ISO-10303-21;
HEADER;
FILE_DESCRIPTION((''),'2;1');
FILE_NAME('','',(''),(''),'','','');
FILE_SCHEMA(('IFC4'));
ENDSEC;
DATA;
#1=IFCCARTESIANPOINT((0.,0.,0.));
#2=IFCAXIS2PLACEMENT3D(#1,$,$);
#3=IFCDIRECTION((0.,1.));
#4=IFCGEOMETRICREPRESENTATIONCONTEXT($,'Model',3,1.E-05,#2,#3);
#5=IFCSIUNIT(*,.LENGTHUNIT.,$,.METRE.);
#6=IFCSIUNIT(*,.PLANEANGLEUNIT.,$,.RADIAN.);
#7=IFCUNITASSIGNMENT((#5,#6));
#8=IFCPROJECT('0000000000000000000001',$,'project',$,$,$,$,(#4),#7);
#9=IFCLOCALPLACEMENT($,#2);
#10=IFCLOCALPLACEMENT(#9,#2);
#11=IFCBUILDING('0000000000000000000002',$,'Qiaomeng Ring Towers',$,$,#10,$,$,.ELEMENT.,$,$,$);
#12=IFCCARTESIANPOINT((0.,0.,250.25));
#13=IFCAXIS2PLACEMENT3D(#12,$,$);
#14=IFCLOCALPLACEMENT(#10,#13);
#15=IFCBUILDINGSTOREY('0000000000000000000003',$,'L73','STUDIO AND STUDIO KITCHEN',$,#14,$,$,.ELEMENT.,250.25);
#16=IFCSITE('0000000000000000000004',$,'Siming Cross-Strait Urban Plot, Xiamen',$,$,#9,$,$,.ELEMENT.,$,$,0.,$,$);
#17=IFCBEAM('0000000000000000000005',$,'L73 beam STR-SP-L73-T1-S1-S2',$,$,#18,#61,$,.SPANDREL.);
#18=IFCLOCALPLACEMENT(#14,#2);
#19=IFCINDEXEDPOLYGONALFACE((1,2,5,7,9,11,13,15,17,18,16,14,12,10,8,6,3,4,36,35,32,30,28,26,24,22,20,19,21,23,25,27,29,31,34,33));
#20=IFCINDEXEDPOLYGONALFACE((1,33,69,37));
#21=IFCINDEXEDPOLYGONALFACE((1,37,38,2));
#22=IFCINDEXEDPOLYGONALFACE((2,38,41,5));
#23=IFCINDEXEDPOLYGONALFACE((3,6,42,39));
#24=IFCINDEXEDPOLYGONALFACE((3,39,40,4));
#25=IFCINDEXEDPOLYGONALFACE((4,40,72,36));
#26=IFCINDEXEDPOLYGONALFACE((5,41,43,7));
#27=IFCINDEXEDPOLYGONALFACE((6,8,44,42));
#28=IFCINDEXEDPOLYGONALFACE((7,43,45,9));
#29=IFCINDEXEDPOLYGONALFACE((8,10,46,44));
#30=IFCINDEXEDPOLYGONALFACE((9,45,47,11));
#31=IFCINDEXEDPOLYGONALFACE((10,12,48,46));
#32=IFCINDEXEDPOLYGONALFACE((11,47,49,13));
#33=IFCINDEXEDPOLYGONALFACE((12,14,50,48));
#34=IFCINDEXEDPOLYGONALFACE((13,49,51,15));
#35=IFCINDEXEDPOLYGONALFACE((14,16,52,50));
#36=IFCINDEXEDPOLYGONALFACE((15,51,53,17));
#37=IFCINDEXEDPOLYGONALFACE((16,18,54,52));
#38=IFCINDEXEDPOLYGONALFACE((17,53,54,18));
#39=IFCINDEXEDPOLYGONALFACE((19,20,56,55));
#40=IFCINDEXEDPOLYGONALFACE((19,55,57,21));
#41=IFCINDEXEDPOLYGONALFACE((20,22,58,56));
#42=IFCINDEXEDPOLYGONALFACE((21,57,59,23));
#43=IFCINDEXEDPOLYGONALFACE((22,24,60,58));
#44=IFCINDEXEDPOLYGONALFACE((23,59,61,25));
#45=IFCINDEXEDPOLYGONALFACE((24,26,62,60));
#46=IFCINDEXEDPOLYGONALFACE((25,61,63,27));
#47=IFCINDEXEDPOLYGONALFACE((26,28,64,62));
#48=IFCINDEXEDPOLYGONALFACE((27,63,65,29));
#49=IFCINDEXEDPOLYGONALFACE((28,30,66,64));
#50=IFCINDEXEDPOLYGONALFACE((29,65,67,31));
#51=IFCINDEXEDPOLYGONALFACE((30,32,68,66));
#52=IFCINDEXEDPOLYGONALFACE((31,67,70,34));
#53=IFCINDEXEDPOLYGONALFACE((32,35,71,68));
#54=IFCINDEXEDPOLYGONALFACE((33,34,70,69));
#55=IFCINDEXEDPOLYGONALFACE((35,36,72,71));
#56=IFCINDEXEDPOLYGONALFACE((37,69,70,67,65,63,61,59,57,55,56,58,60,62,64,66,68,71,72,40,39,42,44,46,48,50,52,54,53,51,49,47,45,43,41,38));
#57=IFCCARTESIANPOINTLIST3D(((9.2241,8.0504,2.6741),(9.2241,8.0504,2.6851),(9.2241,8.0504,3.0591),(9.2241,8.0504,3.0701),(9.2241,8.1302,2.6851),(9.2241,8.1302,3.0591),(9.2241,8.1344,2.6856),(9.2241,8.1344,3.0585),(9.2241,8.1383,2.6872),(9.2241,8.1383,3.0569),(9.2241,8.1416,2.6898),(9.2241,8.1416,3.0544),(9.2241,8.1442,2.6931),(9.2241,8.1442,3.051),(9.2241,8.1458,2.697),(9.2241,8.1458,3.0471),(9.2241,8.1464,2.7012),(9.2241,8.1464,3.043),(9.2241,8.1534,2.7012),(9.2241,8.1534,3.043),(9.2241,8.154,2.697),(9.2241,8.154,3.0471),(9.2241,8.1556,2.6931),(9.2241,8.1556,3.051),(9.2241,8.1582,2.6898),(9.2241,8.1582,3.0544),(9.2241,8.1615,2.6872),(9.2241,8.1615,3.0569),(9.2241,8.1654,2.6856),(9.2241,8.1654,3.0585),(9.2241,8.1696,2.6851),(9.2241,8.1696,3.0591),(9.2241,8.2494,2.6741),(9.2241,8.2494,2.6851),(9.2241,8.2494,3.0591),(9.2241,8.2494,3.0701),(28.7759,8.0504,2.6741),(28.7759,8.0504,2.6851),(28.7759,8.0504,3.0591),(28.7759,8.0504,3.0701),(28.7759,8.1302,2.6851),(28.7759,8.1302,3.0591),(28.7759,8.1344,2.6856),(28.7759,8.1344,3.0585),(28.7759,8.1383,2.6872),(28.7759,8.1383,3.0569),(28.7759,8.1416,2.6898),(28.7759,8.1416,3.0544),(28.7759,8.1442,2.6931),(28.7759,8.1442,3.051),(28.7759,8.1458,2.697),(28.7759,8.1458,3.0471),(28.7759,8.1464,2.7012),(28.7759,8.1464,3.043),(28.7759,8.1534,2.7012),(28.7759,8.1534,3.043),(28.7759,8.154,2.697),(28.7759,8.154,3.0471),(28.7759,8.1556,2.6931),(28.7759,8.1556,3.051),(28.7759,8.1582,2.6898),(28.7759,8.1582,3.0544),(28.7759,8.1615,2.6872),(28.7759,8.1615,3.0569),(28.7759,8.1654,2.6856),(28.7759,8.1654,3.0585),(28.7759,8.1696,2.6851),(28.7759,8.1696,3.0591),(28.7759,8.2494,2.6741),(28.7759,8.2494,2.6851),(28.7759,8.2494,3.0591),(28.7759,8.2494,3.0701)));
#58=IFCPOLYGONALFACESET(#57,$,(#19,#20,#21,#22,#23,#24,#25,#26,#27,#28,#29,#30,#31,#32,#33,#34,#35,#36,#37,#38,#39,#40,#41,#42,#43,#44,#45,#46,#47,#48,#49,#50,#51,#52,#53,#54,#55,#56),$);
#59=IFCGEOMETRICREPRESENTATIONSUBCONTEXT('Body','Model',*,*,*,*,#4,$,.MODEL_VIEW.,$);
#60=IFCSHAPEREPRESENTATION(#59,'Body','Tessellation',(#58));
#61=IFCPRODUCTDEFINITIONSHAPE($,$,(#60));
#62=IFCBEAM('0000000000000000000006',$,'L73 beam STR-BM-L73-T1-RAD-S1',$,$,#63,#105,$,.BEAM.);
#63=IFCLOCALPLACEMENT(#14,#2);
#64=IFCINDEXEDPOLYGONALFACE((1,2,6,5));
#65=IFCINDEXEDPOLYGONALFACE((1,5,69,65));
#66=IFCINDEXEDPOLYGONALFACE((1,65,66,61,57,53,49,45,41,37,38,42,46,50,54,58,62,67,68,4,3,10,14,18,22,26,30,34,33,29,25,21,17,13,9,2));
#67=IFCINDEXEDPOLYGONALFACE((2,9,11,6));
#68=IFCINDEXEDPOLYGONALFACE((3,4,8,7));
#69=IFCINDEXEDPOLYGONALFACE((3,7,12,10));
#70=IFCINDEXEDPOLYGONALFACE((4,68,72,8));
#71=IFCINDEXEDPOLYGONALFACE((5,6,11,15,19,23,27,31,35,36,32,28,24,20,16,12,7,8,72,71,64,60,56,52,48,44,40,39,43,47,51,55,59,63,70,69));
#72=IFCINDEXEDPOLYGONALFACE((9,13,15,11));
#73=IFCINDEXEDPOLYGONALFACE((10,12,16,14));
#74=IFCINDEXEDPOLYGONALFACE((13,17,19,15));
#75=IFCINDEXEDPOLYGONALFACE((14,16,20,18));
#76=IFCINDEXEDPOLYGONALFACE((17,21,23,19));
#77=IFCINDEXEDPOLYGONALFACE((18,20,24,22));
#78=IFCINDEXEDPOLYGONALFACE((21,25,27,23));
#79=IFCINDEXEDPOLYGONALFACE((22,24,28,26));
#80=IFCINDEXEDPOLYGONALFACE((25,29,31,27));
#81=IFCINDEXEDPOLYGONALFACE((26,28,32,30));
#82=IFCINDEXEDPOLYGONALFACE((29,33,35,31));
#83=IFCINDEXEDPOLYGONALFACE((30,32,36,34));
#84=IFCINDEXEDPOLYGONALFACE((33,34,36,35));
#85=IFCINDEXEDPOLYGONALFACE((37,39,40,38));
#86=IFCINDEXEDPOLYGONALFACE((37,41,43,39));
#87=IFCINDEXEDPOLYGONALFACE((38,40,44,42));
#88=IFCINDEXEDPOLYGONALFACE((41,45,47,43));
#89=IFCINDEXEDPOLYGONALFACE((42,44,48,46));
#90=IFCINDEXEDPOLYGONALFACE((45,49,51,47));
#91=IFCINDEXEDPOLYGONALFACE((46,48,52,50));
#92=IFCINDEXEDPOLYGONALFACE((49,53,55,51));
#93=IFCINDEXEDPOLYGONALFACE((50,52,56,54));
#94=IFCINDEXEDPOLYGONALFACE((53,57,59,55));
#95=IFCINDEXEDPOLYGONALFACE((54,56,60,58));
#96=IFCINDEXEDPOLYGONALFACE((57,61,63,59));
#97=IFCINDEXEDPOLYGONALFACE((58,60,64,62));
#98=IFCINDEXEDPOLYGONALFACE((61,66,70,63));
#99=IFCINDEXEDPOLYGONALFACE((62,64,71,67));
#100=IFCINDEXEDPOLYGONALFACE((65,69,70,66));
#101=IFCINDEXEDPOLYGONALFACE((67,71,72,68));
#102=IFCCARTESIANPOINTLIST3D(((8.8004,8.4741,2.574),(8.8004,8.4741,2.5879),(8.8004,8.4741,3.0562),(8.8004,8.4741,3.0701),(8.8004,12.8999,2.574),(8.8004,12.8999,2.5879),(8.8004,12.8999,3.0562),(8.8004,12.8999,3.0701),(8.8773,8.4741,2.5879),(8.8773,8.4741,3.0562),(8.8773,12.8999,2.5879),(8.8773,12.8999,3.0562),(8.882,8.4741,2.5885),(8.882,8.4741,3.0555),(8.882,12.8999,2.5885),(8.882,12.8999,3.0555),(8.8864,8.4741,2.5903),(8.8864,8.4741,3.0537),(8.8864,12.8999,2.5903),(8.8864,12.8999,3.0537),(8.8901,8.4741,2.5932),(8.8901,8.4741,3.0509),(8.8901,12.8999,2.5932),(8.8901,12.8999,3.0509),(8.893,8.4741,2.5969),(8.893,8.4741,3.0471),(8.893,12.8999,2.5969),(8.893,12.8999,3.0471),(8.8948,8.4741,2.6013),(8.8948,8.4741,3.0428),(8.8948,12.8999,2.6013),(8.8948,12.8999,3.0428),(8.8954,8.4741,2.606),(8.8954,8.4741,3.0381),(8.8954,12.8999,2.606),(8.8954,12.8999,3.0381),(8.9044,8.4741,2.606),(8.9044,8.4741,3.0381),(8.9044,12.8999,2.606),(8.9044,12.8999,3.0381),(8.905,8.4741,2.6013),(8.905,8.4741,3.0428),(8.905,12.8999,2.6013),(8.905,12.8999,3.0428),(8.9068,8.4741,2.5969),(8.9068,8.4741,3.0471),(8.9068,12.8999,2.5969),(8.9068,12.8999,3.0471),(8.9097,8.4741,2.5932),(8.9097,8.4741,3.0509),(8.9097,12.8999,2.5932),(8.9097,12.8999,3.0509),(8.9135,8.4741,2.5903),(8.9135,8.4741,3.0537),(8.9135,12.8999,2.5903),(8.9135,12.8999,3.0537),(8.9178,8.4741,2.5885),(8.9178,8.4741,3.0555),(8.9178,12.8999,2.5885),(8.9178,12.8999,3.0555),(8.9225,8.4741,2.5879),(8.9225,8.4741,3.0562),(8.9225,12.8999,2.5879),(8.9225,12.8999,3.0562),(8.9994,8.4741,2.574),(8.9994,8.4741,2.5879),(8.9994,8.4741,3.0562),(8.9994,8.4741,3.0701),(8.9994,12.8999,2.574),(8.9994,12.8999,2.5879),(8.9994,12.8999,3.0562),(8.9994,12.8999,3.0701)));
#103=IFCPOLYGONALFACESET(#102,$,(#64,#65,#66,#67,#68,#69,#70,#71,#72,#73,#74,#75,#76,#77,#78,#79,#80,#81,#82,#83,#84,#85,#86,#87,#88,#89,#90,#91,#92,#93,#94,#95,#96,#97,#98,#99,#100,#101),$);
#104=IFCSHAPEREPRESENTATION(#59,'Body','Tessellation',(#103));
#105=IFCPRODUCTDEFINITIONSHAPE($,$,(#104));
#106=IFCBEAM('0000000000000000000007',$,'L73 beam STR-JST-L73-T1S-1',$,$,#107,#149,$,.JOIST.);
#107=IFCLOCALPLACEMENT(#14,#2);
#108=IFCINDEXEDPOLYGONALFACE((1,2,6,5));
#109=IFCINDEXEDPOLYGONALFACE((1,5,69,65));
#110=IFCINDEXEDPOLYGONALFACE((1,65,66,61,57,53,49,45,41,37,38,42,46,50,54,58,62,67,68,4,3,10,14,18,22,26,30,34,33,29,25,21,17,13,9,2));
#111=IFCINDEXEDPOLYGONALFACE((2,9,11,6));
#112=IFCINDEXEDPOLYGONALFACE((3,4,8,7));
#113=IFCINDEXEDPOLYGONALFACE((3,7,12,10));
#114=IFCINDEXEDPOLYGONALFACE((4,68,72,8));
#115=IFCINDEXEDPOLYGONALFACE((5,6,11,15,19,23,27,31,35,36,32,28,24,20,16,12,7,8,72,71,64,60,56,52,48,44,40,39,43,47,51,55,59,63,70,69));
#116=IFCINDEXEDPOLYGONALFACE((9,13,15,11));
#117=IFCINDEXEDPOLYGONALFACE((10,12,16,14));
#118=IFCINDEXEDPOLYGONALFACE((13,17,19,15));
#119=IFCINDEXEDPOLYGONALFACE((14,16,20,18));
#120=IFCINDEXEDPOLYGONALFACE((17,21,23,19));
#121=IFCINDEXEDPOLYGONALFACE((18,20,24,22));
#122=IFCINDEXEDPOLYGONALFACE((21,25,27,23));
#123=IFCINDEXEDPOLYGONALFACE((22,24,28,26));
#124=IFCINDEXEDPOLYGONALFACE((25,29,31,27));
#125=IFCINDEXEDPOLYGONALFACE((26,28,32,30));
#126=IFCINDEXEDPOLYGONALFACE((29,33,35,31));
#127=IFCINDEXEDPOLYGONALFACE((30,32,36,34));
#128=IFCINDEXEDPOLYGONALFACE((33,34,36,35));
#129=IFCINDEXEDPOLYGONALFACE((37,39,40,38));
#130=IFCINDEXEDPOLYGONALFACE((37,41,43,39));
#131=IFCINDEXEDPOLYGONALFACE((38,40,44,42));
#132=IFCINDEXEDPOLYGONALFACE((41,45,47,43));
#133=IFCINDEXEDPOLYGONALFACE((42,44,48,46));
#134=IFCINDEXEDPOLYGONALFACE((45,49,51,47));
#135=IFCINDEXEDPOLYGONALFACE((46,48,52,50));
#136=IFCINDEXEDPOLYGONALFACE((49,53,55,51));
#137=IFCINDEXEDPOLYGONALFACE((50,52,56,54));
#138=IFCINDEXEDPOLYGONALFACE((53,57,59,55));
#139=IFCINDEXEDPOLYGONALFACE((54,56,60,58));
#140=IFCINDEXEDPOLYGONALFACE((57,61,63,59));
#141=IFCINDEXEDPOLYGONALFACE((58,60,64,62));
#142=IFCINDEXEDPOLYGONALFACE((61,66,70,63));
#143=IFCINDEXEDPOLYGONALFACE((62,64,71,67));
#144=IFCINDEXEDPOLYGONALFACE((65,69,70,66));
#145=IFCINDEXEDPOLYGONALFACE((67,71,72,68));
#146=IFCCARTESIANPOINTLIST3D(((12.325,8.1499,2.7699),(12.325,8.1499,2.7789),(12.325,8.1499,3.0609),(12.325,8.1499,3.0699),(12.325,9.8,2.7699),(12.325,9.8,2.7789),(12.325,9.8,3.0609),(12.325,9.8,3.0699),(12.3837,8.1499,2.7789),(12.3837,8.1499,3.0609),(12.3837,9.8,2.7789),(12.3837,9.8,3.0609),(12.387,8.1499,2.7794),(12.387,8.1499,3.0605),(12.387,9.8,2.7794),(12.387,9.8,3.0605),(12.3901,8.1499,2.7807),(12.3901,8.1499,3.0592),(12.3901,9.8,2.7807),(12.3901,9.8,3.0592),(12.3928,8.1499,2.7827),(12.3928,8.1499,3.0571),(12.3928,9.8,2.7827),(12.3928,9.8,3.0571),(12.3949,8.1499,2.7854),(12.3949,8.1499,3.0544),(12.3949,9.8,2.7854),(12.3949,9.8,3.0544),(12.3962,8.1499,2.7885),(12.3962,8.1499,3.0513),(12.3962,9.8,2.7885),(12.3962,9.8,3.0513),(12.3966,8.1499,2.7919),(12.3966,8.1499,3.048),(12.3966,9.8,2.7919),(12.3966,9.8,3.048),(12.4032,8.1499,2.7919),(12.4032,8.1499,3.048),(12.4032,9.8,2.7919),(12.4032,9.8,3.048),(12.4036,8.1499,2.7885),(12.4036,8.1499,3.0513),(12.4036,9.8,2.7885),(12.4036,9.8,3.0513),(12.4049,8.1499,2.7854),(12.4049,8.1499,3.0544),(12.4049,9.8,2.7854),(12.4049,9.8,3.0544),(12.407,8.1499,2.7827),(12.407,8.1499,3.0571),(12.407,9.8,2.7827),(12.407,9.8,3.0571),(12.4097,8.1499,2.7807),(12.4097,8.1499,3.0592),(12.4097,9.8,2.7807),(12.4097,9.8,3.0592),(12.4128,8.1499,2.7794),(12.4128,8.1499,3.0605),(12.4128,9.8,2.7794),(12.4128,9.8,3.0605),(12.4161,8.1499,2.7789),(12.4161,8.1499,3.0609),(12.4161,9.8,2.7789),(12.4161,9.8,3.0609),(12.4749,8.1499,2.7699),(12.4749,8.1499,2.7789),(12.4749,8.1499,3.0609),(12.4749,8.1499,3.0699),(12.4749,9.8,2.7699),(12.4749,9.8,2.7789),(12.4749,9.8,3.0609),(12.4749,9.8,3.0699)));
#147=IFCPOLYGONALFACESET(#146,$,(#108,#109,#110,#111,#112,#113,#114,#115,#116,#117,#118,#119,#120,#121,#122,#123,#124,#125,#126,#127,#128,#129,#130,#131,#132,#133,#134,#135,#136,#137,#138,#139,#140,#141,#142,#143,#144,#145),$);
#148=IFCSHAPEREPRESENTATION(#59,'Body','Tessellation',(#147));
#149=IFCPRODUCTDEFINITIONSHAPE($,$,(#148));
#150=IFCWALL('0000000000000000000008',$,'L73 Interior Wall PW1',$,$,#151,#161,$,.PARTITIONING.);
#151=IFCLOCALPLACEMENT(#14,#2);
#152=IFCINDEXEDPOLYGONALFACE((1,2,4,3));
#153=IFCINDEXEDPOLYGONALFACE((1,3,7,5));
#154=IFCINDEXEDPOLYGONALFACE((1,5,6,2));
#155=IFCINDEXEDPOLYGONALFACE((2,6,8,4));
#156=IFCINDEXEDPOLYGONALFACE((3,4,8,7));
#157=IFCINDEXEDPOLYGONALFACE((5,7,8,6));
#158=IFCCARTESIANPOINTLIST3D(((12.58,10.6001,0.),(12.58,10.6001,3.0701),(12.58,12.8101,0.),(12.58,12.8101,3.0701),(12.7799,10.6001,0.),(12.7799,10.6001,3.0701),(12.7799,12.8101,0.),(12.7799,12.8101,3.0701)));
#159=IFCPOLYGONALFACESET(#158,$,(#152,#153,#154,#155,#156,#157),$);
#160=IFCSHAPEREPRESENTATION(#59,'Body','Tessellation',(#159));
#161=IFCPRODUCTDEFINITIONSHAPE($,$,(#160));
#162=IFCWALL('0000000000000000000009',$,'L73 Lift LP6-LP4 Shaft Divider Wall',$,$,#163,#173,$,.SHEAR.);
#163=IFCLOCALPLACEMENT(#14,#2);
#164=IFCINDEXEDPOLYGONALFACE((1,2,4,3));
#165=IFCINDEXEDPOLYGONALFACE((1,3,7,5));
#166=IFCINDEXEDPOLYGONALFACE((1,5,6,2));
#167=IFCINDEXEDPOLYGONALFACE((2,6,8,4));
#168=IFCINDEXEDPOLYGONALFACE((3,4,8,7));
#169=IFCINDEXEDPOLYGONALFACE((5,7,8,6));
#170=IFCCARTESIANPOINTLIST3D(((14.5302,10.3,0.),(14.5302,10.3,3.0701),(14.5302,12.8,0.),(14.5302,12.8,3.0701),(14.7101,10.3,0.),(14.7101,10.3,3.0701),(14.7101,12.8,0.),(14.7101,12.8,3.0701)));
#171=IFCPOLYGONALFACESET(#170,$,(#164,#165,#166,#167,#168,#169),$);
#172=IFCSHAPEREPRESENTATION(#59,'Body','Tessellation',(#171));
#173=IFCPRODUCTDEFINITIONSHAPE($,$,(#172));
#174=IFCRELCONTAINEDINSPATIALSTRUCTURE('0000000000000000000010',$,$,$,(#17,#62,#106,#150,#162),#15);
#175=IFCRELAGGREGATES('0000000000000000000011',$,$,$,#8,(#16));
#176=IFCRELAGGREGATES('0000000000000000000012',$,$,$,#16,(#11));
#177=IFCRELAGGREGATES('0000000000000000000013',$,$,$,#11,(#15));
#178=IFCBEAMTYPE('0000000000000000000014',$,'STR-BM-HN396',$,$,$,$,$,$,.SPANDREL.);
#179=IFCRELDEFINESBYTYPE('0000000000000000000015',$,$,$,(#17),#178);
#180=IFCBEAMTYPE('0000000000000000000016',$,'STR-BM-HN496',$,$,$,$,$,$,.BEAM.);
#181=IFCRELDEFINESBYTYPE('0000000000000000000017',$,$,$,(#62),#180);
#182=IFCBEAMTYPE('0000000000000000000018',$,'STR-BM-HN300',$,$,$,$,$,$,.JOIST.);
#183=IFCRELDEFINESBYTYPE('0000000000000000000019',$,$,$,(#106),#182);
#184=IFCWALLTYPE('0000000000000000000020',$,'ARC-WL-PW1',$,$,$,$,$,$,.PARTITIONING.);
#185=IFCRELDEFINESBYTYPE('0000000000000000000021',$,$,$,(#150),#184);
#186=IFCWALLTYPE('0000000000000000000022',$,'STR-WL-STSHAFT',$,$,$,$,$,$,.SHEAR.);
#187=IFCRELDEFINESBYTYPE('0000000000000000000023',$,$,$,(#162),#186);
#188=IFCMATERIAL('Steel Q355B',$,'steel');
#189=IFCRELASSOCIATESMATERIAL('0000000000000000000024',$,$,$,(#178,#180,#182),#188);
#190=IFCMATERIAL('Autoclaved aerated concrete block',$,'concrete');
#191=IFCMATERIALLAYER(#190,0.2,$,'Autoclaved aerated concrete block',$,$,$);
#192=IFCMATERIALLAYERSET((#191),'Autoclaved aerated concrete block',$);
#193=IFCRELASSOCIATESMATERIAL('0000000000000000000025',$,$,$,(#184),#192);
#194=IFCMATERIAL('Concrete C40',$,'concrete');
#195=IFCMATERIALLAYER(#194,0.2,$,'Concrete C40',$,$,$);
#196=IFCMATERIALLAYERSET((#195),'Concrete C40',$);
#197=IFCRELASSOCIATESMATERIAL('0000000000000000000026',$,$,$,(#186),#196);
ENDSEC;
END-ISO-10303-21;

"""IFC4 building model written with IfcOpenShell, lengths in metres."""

from ifc_helpers import new_model, si_unit, direction, frame, frame_2d, origin, origin_2d, place, context, subcontext, project, spatial, rectangle, i_section, extrude, source, transform, mapped, material, layer, layer_set, material_profile, profile_set, type_object, element, save


model = new_model("IFC4")

# Units and contexts
model_context = context("Model", 3, precision=1e-05, world=origin(), true_north=direction((0.0, 1.0)))
body_context = subcontext(model_context, "Body", "Model", "MODEL_VIEW")
ifc_project = project(units=[si_unit("LENGTHUNIT", "METRE"), si_unit("PLANEANGLEUNIT", "RADIAN")], contexts=[model_context])

# Site, building, storey
site_placement = place(None, origin())
site = spatial("IfcSite", under=ifc_project, at=site_placement, Name="Siming Cross-Strait Urban Plot, Xiamen", CompositionType="ELEMENT", RefElevation=0.0)
building_placement = place(site_placement, origin())
building = spatial("IfcBuilding", under=site, at=building_placement, Name="Qiaomeng Ring Towers", CompositionType="ELEMENT")
storey_placement = place(building_placement, frame((0.0, 0.0, 250.25)))
storey = spatial("IfcBuildingStorey", under=building, at=storey_placement, Name="L73", Description="STUDIO AND STUDIO KITCHEN", CompositionType="ELEMENT", Elevation=250.25)

# Beams
ifc_material_1 = material(Name="Steel Q355B", Category="steel")
ifc_material_profile_1 = material_profile(ifc_material_1, i_section(OverallWidth=0.199, OverallDepth=0.396, WebThickness=0.0071, FlangeThickness=0.011, FilletRadius=0.0161, at=origin_2d()), Name="HN 396x199x7x11")
ifc_profile_set_1 = profile_set([ifc_material_profile_1], Name="Steel Q355B")
beam_type_1 = type_object("IfcBeamType", Name="STR-BM-HN396", PredefinedType="SPANDREL", material=ifc_profile_set_1)
shared_shape_1 = source(origin(), body_context, "Body", "SweptSolid", [
    extrude(i_section(OverallWidth=0.199, OverallDepth=0.396, WebThickness=0.0071, FlangeThickness=0.011, FilletRadius=0.0161, at=origin_2d()), origin(), (0.0, 0.0, 1.0), 19.5518),
])
beam_1_placement = place(storey_placement, frame((9.2241, 8.1499, 2.8721), z_axis=(1.0, 0.0, 0.0), x_axis=(0.0, 1.0, 0.0)))
element("IfcBeam", 1, at=beam_1_placement, inside=storey, type_object=beam_type_1, Name="L73 beam STR-SP-L73-T1-S1-S2", PredefinedType="SPANDREL", context=body_context, shape_type="MappedRepresentation", body=[
    mapped(shared_shape_1, transform((0.0, 0.0, 0.0), x_axis=(1.0, 0.0, 0.0), y_axis=(0.0, 1.0, 0.0), z_axis=(0.0, 0.0, 1.0), scale=1.0)),
])
ifc_material_profile_2 = material_profile(ifc_material_1, i_section(OverallWidth=0.199, OverallDepth=0.4961, WebThickness=0.009, FlangeThickness=0.0139, FilletRadius=0.0181, at=origin_2d()), Name="HN 496x199x9x14")
ifc_profile_set_2 = profile_set([ifc_material_profile_2], Name="Steel Q355B")
beam_type_2 = type_object("IfcBeamType", Name="STR-BM-HN496", PredefinedType="BEAM", material=ifc_profile_set_2)
shared_shape_2 = source(origin(), body_context, "Body", "SweptSolid", [
    extrude(i_section(OverallWidth=0.199, OverallDepth=0.4961, WebThickness=0.009, FlangeThickness=0.0139, FilletRadius=0.0181, at=origin_2d()), origin(), (0.0, 0.0, 1.0), 4.4258),
])
beam_2_placement = place(storey_placement, frame((8.8999, 8.4741, 2.822), z_axis=(0.0, 1.0, 0.0), x_axis=(-1.0, 0.0, 0.0)))
element("IfcBeam", 2, at=beam_2_placement, inside=storey, type_object=beam_type_2, Name="L73 beam STR-BM-L73-T1-RAD-S1", PredefinedType="BEAM", context=body_context, shape_type="MappedRepresentation", body=[
    mapped(shared_shape_2, transform((0.0, 0.0, 0.0), x_axis=(1.0, 0.0, 0.0), y_axis=(0.0, 1.0, 0.0), z_axis=(0.0, 0.0, 1.0), scale=1.0)),
])
ifc_material_profile_3 = material_profile(ifc_material_1, i_section(OverallWidth=0.1499, OverallDepth=0.3, WebThickness=0.0066, FlangeThickness=0.009, FilletRadius=0.0129, at=origin_2d()), Name="HN 300x150x6.5x9")
ifc_profile_set_3 = profile_set([ifc_material_profile_3], Name="Steel Q355B")
beam_type_3 = type_object("IfcBeamType", Name="STR-BM-HN300", PredefinedType="JOIST", material=ifc_profile_set_3)
shared_shape_3 = source(origin(), body_context, "Body", "SweptSolid", [
    extrude(i_section(OverallWidth=0.1499, OverallDepth=0.3, WebThickness=0.0066, FlangeThickness=0.009, FilletRadius=0.0129, at=origin_2d()), origin(), (0.0, 0.0, 1.0), 1.6501),
])
beam_3_placement = place(storey_placement, frame((12.3999, 8.1499, 2.9199), z_axis=(0.0, 1.0, 0.0), x_axis=(-1.0, 0.0, 0.0)))
element("IfcBeam", 3, at=beam_3_placement, inside=storey, type_object=beam_type_3, Name="L73 beam STR-JST-L73-T1S-1", PredefinedType="JOIST", context=body_context, shape_type="MappedRepresentation", body=[
    mapped(shared_shape_3, transform((0.0, 0.0, 0.0), x_axis=(1.0, 0.0, 0.0), y_axis=(0.0, 1.0, 0.0), z_axis=(0.0, 0.0, 1.0), scale=1.0)),
])

# Walls
ifc_material_2 = material(Name="Autoclaved aerated concrete block", Category="concrete")
ifc_layer_1 = layer(ifc_material_2, 0.2, Name="Autoclaved aerated concrete block")
ifc_layer_set_1 = layer_set([ifc_layer_1], Name="Autoclaved aerated concrete block")
wall_type_1 = type_object("IfcWallType", Name="ARC-WL-PW1", PredefinedType="PARTITIONING", material=ifc_layer_set_1)
wall_1_placement = place(storey_placement, frame((12.6799, 10.6001, 0.0), z_axis=(0.0, 0.0, 1.0), x_axis=(0.0, 1.0, 0.0)))
element("IfcWall", 4, at=wall_1_placement, inside=storey, type_object=wall_type_1, Name="L73 Interior Wall PW1", PredefinedType="PARTITIONING", context=body_context, shape_type="SweptSolid", body=[
    extrude(rectangle(XDim=2.21, YDim=0.2, at=frame_2d((1.105, 0.0))), origin(), (0.0, 0.0, 1.0), 3.0701),
])
ifc_material_3 = material(Name="Concrete C40", Category="concrete")
ifc_layer_2 = layer(ifc_material_3, 0.2, Name="Concrete C40")
ifc_layer_set_2 = layer_set([ifc_layer_2], Name="Concrete C40")
wall_type_2 = type_object("IfcWallType", Name="STR-WL-STSHAFT", PredefinedType="SHEAR", material=ifc_layer_set_2)
wall_2_placement = place(storey_placement, frame((14.6201, 10.3, 0.0), z_axis=(0.0, 0.0, 1.0), x_axis=(0.0, 1.0, 0.0)))
element("IfcWall", 5, at=wall_2_placement, inside=storey, type_object=wall_type_2, Name="L73 Lift LP6-LP4 Shaft Divider Wall", PredefinedType="SHEAR", context=body_context, shape_type="SweptSolid", body=[
    extrude(rectangle(XDim=2.5, YDim=0.1799, at=frame_2d((1.25, 0.0))), origin(), (0.0, 0.0, 1.0), 3.0701),
])

save(model, "model.ifc")
